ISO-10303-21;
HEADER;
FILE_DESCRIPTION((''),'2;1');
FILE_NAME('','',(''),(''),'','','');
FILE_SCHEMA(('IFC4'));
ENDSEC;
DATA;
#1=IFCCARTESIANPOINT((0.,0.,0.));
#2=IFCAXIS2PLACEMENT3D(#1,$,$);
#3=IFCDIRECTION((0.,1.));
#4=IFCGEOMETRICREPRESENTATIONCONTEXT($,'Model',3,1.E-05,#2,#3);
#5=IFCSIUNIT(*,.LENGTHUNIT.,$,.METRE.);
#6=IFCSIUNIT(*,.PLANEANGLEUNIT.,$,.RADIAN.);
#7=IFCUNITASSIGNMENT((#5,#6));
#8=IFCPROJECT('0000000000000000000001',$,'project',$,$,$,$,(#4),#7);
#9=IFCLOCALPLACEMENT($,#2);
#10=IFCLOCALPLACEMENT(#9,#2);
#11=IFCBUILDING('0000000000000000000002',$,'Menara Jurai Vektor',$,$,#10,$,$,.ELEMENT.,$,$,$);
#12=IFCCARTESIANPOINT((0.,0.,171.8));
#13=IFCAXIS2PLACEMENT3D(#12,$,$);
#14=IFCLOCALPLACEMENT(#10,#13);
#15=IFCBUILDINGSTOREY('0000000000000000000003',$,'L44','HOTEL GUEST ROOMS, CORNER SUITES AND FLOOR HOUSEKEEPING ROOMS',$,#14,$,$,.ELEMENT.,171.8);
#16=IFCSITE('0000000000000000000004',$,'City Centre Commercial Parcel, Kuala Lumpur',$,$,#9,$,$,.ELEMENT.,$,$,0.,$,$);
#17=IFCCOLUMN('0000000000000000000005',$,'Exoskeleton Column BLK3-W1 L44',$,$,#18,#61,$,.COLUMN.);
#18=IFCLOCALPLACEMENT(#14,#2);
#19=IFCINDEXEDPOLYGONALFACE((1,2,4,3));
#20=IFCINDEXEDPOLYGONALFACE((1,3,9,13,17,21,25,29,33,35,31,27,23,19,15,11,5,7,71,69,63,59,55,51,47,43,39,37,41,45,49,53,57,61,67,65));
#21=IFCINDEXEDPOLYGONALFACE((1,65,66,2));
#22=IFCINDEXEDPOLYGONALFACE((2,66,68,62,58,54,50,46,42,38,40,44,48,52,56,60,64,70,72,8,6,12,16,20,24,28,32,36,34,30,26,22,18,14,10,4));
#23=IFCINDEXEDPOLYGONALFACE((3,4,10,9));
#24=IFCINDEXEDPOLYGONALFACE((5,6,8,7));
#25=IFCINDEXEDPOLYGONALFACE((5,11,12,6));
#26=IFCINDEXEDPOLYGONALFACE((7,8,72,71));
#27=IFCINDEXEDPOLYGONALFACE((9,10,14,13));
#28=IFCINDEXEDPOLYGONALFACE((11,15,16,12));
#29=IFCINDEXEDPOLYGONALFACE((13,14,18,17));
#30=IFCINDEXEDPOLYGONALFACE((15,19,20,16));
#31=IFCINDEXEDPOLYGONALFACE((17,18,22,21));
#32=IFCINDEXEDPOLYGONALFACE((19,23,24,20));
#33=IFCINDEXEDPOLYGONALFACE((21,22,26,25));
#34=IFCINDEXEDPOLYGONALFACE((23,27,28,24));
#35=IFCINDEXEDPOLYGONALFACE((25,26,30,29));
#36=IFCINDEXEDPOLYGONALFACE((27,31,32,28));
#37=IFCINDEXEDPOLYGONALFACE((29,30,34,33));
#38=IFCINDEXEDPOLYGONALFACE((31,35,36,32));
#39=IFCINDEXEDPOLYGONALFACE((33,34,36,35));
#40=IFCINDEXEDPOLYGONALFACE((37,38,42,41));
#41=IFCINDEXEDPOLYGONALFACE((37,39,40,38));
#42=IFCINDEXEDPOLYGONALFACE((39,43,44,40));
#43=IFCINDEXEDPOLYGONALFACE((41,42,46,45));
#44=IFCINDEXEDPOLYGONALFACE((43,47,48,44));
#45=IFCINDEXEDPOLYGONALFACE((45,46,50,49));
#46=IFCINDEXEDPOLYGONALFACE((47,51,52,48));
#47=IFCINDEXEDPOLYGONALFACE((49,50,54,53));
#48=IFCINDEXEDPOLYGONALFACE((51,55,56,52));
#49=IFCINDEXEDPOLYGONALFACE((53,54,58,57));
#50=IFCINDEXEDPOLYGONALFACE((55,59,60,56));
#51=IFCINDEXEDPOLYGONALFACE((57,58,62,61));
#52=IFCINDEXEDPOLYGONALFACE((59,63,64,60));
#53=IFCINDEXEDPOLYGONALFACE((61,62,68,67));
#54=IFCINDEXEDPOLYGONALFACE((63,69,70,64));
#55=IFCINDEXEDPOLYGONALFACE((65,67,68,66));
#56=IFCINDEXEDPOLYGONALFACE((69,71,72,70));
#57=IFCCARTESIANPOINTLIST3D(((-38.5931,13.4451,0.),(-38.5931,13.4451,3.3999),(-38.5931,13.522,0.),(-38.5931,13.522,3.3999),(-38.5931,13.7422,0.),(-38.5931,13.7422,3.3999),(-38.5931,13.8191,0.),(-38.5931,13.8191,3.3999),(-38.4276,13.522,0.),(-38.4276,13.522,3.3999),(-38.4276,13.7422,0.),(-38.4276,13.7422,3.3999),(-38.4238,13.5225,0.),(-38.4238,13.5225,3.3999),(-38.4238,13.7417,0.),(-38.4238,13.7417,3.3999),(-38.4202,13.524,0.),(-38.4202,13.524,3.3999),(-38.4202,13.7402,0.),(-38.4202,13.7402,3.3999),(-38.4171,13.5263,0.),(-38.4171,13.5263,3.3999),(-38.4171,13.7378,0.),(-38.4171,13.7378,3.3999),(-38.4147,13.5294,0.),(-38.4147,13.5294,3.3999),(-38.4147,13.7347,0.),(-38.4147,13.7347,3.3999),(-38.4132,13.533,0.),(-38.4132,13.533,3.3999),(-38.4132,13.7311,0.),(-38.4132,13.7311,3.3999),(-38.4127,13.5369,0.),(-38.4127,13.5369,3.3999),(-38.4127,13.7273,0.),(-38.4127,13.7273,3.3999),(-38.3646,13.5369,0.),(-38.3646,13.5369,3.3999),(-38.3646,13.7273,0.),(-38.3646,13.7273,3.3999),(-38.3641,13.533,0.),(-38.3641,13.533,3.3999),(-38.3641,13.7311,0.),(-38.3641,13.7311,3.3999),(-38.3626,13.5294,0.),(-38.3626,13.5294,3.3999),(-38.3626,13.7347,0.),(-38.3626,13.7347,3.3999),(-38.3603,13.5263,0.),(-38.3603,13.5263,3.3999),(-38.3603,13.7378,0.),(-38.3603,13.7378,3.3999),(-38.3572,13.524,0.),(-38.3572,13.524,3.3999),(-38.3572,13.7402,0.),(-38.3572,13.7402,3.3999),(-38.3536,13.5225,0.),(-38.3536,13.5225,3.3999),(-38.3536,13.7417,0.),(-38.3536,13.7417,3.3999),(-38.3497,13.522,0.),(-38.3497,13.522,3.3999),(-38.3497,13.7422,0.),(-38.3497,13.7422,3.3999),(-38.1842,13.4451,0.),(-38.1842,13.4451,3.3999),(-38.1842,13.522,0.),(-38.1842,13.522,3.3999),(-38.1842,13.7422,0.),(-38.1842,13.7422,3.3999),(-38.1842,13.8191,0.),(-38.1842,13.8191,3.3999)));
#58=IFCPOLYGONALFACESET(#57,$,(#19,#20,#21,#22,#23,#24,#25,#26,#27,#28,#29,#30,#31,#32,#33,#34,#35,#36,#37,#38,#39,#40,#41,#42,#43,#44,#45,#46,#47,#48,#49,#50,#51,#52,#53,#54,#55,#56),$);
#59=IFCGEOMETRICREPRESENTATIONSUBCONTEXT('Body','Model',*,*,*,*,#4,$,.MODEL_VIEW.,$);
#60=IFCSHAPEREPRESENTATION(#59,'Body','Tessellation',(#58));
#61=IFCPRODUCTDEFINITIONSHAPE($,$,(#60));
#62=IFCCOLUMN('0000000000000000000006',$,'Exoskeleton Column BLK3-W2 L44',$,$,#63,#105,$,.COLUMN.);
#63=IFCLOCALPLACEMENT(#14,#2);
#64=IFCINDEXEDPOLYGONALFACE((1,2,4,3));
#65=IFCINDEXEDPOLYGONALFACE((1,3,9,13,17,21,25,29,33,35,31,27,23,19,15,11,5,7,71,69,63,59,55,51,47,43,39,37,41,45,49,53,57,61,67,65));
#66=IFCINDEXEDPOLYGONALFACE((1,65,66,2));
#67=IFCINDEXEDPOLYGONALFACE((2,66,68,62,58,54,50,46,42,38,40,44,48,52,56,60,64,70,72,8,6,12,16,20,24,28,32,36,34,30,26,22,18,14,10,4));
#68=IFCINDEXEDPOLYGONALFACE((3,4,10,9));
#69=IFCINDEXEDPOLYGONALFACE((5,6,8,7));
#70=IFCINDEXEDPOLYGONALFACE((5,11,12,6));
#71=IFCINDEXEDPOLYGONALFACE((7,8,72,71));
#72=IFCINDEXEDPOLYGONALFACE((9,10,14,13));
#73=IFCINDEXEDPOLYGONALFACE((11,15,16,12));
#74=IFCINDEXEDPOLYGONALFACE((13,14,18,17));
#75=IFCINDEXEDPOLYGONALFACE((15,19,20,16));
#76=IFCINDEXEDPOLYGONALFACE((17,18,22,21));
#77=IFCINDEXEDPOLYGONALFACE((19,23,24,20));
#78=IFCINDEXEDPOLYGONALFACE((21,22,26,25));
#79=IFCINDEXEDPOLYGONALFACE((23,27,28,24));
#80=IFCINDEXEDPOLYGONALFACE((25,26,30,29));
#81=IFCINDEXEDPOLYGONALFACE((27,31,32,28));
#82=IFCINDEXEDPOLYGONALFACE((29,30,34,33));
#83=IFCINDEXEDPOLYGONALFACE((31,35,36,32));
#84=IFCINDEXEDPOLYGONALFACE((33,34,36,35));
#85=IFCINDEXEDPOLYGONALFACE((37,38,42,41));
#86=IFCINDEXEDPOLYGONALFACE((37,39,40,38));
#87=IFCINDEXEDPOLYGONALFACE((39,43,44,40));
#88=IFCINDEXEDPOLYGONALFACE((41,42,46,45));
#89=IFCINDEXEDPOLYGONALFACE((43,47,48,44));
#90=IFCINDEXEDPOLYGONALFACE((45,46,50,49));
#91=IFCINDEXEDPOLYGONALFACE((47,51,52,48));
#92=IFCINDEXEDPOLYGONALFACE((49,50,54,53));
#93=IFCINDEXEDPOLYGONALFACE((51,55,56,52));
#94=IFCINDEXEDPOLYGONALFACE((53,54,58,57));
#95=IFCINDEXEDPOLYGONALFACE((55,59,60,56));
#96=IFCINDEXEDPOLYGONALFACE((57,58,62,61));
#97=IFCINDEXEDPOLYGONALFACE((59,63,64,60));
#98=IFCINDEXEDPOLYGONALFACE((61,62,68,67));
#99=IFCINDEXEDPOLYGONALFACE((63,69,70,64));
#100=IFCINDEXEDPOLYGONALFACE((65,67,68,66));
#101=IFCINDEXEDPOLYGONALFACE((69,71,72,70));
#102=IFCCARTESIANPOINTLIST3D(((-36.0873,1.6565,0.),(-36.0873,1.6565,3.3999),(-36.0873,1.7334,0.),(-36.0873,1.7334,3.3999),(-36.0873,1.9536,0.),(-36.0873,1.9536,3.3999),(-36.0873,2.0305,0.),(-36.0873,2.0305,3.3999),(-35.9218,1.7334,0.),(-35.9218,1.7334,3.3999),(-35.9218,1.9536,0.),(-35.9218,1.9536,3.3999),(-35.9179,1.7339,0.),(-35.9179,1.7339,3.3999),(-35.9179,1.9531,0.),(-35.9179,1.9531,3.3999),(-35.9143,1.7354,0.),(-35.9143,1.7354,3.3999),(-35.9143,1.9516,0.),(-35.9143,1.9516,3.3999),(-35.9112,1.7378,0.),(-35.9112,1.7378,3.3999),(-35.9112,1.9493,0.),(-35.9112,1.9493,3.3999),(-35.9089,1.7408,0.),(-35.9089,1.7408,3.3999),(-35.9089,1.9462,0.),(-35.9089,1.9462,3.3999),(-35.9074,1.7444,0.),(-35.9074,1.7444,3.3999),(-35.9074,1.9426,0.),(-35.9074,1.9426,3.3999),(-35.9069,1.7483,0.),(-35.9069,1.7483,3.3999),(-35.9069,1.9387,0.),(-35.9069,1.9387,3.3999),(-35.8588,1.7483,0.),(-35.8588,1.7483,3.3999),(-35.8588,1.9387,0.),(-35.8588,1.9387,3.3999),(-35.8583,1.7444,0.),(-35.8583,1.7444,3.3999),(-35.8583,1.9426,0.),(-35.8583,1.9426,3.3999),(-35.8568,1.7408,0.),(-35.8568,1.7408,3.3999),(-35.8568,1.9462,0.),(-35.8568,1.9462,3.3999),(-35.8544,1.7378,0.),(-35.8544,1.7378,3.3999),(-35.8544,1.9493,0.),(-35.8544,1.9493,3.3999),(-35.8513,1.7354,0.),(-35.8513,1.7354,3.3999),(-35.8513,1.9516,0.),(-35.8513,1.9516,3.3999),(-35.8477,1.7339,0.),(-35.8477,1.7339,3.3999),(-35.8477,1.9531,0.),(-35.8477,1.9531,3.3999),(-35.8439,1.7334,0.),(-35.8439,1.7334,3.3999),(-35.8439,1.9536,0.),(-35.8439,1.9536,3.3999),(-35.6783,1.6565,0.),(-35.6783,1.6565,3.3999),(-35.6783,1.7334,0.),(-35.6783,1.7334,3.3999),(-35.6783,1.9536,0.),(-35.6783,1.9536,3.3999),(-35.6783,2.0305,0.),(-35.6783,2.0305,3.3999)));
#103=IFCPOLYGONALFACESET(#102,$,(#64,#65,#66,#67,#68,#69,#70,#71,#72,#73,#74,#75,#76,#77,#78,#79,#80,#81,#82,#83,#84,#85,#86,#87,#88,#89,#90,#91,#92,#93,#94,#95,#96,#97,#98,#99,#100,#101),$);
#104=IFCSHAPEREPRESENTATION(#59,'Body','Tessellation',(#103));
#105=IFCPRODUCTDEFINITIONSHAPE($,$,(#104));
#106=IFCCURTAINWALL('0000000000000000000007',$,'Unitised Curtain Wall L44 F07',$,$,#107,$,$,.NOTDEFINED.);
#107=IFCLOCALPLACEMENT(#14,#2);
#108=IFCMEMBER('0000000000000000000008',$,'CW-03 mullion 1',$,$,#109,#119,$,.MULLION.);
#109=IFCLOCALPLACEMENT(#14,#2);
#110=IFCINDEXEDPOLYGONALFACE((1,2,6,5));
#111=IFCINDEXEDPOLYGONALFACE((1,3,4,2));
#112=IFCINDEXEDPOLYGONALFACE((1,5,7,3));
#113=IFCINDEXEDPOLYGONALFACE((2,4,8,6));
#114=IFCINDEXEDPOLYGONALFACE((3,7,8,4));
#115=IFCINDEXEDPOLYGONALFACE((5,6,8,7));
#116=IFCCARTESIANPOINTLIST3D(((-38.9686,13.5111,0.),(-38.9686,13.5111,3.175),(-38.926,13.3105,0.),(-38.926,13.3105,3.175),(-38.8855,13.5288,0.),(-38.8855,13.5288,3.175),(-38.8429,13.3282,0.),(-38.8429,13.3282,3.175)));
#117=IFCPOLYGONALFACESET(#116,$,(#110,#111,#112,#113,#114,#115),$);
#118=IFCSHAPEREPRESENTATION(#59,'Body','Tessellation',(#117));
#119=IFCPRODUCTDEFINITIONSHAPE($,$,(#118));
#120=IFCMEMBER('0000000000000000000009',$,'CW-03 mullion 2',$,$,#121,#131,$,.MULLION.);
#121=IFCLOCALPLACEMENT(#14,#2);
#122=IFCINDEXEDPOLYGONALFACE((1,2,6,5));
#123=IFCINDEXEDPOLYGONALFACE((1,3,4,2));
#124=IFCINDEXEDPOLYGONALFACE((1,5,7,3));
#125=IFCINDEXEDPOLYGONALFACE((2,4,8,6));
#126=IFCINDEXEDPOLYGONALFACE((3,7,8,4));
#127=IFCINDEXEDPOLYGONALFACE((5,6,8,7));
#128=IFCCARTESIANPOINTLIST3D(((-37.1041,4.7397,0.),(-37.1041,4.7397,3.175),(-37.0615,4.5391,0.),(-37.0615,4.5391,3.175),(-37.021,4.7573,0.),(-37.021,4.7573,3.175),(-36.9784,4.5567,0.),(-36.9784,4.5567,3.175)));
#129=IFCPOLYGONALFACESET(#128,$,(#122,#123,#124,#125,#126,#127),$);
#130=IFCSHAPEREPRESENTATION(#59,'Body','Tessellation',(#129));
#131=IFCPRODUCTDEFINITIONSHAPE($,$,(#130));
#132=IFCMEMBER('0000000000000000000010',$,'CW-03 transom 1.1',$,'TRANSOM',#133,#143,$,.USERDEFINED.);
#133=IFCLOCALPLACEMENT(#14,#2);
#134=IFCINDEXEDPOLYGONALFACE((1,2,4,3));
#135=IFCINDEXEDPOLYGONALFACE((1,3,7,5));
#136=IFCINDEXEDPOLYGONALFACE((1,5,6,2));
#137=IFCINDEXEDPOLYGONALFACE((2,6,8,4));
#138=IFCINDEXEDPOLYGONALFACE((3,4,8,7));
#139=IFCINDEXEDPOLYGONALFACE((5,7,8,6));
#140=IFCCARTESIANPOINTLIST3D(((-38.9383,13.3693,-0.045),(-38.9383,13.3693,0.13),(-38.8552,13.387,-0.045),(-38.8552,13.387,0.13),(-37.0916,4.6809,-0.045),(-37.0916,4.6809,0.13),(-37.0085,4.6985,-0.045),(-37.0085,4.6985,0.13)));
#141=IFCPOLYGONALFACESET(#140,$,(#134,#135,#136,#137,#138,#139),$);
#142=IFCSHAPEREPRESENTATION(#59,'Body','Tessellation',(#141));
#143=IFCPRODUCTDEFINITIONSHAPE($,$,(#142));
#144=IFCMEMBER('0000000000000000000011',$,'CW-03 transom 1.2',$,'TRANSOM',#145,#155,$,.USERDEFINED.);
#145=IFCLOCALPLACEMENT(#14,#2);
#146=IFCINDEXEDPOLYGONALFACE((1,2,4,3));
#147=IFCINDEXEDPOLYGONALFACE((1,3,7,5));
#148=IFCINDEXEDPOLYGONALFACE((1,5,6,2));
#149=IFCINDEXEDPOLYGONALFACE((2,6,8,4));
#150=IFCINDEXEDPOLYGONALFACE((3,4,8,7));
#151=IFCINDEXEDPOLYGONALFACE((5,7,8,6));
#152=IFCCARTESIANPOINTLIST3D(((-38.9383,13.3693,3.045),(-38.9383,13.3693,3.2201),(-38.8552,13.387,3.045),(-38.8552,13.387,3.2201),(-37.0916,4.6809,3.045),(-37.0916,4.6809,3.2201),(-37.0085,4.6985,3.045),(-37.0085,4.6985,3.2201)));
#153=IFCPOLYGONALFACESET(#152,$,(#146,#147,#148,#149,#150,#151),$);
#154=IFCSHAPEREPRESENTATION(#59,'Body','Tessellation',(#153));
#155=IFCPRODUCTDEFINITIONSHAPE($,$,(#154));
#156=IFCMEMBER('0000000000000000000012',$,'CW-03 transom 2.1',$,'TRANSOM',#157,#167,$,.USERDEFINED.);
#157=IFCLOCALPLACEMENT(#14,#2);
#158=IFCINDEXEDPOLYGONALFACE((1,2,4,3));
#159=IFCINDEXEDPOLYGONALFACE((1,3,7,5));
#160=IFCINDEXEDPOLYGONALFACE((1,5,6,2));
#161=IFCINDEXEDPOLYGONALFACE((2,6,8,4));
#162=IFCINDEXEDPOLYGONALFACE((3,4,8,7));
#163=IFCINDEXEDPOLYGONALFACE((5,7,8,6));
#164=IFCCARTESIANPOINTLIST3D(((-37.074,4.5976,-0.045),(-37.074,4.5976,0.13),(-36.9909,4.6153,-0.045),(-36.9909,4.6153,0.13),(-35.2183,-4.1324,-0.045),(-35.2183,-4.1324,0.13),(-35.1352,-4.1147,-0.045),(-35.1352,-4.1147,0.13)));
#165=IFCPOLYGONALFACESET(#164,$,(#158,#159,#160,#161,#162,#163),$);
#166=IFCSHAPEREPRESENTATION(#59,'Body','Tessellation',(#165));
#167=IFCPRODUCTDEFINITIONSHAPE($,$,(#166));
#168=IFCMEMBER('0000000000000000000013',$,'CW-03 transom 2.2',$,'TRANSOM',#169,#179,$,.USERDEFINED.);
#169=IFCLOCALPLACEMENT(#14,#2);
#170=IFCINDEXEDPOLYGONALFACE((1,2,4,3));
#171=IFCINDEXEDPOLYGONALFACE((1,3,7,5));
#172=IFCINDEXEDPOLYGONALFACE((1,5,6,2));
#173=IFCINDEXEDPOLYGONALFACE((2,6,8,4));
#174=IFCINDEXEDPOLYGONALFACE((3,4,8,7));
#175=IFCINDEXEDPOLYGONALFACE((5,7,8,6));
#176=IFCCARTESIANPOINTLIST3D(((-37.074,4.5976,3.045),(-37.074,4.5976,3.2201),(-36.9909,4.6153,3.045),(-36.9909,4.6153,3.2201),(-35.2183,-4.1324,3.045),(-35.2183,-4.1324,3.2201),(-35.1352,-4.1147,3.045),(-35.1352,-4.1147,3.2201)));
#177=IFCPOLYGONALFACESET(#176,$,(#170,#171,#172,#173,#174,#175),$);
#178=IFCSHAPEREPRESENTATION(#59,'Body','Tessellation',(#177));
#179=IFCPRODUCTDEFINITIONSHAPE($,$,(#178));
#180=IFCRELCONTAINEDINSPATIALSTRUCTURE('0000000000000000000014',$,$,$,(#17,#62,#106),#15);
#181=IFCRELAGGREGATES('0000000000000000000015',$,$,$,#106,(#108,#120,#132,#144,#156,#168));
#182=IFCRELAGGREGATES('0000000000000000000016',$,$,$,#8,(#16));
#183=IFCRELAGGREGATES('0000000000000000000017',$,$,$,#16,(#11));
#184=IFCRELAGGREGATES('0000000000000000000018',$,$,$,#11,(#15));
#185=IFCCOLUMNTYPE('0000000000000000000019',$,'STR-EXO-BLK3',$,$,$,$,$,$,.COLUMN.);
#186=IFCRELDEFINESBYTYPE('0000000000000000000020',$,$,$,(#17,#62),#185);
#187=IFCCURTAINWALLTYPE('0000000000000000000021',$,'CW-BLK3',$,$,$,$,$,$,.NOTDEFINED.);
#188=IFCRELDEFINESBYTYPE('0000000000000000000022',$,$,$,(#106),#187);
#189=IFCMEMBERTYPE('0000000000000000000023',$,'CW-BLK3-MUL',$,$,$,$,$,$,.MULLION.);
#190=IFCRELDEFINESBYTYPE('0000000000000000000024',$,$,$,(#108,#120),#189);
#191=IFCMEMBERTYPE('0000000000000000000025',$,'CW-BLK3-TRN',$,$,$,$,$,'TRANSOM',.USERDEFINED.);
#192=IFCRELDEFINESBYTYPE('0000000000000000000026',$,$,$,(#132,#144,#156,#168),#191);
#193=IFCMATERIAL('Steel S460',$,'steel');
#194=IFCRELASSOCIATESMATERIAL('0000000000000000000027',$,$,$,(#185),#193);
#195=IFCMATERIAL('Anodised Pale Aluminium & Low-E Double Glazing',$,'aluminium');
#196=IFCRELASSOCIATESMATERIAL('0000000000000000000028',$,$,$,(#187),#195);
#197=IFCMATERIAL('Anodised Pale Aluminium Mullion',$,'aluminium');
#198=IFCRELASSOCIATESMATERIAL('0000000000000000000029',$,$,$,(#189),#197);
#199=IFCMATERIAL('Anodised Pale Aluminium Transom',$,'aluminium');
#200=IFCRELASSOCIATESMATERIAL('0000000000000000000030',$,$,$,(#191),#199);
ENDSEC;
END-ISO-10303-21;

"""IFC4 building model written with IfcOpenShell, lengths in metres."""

from ifc_helpers import new_model, si_unit, direction, frame, origin, origin_2d, place, context, subcontext, project, spatial, rectangle, i_section, extrude, material, material_profile, profile_set, type_object, element, aggregate, save


model = new_model("IFC4")

# Units and contexts
model_context = context("Model", 3, precision=1e-05, world=origin(), true_north=direction((0.0, 1.0)))
body_context = subcontext(model_context, "Body", "Model", "MODEL_VIEW")
ifc_project = project(units=[si_unit("LENGTHUNIT", "METRE"), si_unit("PLANEANGLEUNIT", "RADIAN")], contexts=[model_context])

# Site, building, storey
site_placement = place(None, origin())
site = spatial("IfcSite", under=ifc_project, at=site_placement, Name="City Centre Commercial Parcel, Kuala Lumpur", CompositionType="ELEMENT", RefElevation=0.0)
building_placement = place(site_placement, origin())
building = spatial("IfcBuilding", under=site, at=building_placement, Name="Menara Jurai Vektor", CompositionType="ELEMENT")
storey_placement = place(building_placement, frame((0.0, 0.0, 171.8)))
storey = spatial("IfcBuildingStorey", under=building, at=storey_placement, Name="L44", Description="HOTEL GUEST ROOMS, CORNER SUITES AND FLOOR HOUSEKEEPING ROOMS", CompositionType="ELEMENT", Elevation=171.8)

# Columns
ifc_material_1 = material(Name="Steel S460", Category="steel")
ifc_material_profile_1 = material_profile(ifc_material_1, i_section(OverallWidth=0.4089, OverallDepth=0.374, WebThickness=0.0481, FlangeThickness=0.0769, FilletRadius=0.0149, at=origin_2d()), Name="HD 400x634")
ifc_profile_set_1 = profile_set([ifc_material_profile_1], Name="Steel S460")
column_type = type_object("IfcColumnType", Name="STR-EXO-BLK3", PredefinedType="COLUMN", material=ifc_profile_set_1)
for number, where, z_axis, x_axis, name in (
    (1, (-38.3887, 13.6321, 0.0), (0.0, 0.0, 1.0), (1.0, 0.0, 0.0), "Exoskeleton Column BLK3-W1 L44"),
    (2, (-35.8828, 1.8435, 0.0), (0.0, 0.0, 1.0), (1.0, 0.0, 0.0), "Exoskeleton Column BLK3-W2 L44"),
):
    element("IfcColumn", number, at=place(storey_placement, frame(where, z_axis=z_axis, x_axis=x_axis)), inside=storey, type_object=column_type, Name=name, PredefinedType="COLUMN", context=body_context, shape_type="SweptSolid", body=[
        extrude(i_section(OverallWidth=0.4089, OverallDepth=0.374, WebThickness=0.0481, FlangeThickness=0.0769, FilletRadius=0.0149, at=origin_2d()), origin(), (0.0, 0.0, 1.0), 3.3999),
    ])

# Curtain wall, members
ifc_material_2 = material(Name="Anodised Pale Aluminium & Low-E Double Glazing", Category="aluminium")
curtain_wall_type = type_object("IfcCurtainWallType", Name="CW-BLK3", PredefinedType="NOTDEFINED", material=ifc_material_2)
curtain_wall_placement = place(storey_placement, origin())
curtain_wall = element("IfcCurtainWall", 3, at=curtain_wall_placement, inside=storey, type_object=curtain_wall_type, Name="Unitised Curtain Wall L44 F07", PredefinedType="NOTDEFINED")
ifc_material_3 = material(Name="Anodised Pale Aluminium Mullion", Category="aluminium")
ifc_material_profile_2 = material_profile(ifc_material_3, rectangle(XDim=0.085, YDim=0.2051, at=origin_2d()), Name="ALU MUL 85x205")
ifc_profile_set_2 = profile_set([ifc_material_profile_2], Name="Anodised Pale Aluminium Mullion")
member_type_1 = type_object("IfcMemberType", Name="CW-BLK3-MUL", PredefinedType="MULLION", material=ifc_profile_set_2)
member_1_placement = place(storey_placement, frame((-38.9058, 13.4197, 0.0), z_axis=(0.0, 0.0, 1.0), x_axis=(0.978148, 0.20791, 0.0)))
member_1 = element("IfcMember", 4, at=member_1_placement, type_object=member_type_1, Name="CW-03 mullion 1", PredefinedType="MULLION", context=body_context, shape_type="SweptSolid", body=[
    extrude(rectangle(XDim=0.085, YDim=0.2051, at=origin_2d()), origin(), (0.0, 0.0, 1.0), 3.175),
])
member_2_placement = place(storey_placement, frame((-37.0413, 4.6482, 0.0), z_axis=(0.0, 0.0, 1.0), x_axis=(0.978148, 0.20791, 0.0)))
member_2 = element("IfcMember", 5, at=member_2_placement, type_object=member_type_1, Name="CW-03 mullion 2", PredefinedType="MULLION", context=body_context, shape_type="SweptSolid", body=[
    extrude(rectangle(XDim=0.085, YDim=0.2051, at=origin_2d()), origin(), (0.0, 0.0, 1.0), 3.175),
])
ifc_material_4 = material(Name="Anodised Pale Aluminium Transom", Category="aluminium")
ifc_material_profile_3 = material_profile(ifc_material_4, rectangle(XDim=0.085, YDim=0.175, at=origin_2d()), Name="ALU TRN 85x175")
ifc_profile_set_3 = profile_set([ifc_material_profile_3], Name="Anodised Pale Aluminium Transom")
member_type_2 = type_object("IfcMemberType", Name="CW-BLK3-TRN", ElementType="TRANSOM", PredefinedType="USERDEFINED", material=ifc_profile_set_3)
member_3_placement = place(storey_placement, frame((-38.8967, 13.3782, 0.0425), z_axis=(0.2079, -0.97815, 0.0), x_axis=(0.97815, 0.2079, 0.0)))
member_3 = element("IfcMember", 6, at=member_3_placement, type_object=member_type_2, Name="CW-03 transom 1.1", ObjectType="TRANSOM", PredefinedType="USERDEFINED", context=body_context, shape_type="SweptSolid", body=[
    extrude(rectangle(XDim=0.085, YDim=0.175, at=origin_2d()), origin(), (0.0, 0.0, 1.0), 8.8826),
])
member_4_placement = place(storey_placement, frame((-38.8967, 13.3782, 3.1326), z_axis=(0.2079, -0.97815, 0.0), x_axis=(0.97815, 0.2079, 0.0)))
member_4 = element("IfcMember", 7, at=member_4_placement, type_object=member_type_2, Name="CW-03 transom 1.2", ObjectType="TRANSOM", PredefinedType="USERDEFINED", context=body_context, shape_type="SweptSolid", body=[
    extrude(rectangle(XDim=0.085, YDim=0.175, at=origin_2d()), origin(), (0.0, 0.0, 1.0), 8.8826),
])
member_5_placement = place(storey_placement, frame((-37.0325, 4.6064, 0.0425), z_axis=(0.207922, -0.978145, 0.0), x_axis=(0.978145, 0.207922, 0.0)))
member_5 = element("IfcMember", 8, at=member_5_placement, type_object=member_type_2, Name="CW-03 transom 2.1", ObjectType="TRANSOM", PredefinedType="USERDEFINED", context=body_context, shape_type="SweptSolid", body=[
    extrude(rectangle(XDim=0.085, YDim=0.175, at=origin_2d()), origin(), (0.0, 0.0, 1.0), 8.925),
])
member_6_placement = place(storey_placement, frame((-37.0325, 4.6064, 3.1326), z_axis=(0.207922, -0.978145, 0.0), x_axis=(0.978145, 0.207922, 0.0)))
member_6 = element("IfcMember", 9, at=member_6_placement, type_object=member_type_2, Name="CW-03 transom 2.2", ObjectType="TRANSOM", PredefinedType="USERDEFINED", context=body_context, shape_type="SweptSolid", body=[
    extrude(rectangle(XDim=0.085, YDim=0.175, at=origin_2d()), origin(), (0.0, 0.0, 1.0), 8.925),
])

aggregate(curtain_wall, [member_1, member_2, member_3, member_4, member_5, member_6])

save(model, "model.ifc")
